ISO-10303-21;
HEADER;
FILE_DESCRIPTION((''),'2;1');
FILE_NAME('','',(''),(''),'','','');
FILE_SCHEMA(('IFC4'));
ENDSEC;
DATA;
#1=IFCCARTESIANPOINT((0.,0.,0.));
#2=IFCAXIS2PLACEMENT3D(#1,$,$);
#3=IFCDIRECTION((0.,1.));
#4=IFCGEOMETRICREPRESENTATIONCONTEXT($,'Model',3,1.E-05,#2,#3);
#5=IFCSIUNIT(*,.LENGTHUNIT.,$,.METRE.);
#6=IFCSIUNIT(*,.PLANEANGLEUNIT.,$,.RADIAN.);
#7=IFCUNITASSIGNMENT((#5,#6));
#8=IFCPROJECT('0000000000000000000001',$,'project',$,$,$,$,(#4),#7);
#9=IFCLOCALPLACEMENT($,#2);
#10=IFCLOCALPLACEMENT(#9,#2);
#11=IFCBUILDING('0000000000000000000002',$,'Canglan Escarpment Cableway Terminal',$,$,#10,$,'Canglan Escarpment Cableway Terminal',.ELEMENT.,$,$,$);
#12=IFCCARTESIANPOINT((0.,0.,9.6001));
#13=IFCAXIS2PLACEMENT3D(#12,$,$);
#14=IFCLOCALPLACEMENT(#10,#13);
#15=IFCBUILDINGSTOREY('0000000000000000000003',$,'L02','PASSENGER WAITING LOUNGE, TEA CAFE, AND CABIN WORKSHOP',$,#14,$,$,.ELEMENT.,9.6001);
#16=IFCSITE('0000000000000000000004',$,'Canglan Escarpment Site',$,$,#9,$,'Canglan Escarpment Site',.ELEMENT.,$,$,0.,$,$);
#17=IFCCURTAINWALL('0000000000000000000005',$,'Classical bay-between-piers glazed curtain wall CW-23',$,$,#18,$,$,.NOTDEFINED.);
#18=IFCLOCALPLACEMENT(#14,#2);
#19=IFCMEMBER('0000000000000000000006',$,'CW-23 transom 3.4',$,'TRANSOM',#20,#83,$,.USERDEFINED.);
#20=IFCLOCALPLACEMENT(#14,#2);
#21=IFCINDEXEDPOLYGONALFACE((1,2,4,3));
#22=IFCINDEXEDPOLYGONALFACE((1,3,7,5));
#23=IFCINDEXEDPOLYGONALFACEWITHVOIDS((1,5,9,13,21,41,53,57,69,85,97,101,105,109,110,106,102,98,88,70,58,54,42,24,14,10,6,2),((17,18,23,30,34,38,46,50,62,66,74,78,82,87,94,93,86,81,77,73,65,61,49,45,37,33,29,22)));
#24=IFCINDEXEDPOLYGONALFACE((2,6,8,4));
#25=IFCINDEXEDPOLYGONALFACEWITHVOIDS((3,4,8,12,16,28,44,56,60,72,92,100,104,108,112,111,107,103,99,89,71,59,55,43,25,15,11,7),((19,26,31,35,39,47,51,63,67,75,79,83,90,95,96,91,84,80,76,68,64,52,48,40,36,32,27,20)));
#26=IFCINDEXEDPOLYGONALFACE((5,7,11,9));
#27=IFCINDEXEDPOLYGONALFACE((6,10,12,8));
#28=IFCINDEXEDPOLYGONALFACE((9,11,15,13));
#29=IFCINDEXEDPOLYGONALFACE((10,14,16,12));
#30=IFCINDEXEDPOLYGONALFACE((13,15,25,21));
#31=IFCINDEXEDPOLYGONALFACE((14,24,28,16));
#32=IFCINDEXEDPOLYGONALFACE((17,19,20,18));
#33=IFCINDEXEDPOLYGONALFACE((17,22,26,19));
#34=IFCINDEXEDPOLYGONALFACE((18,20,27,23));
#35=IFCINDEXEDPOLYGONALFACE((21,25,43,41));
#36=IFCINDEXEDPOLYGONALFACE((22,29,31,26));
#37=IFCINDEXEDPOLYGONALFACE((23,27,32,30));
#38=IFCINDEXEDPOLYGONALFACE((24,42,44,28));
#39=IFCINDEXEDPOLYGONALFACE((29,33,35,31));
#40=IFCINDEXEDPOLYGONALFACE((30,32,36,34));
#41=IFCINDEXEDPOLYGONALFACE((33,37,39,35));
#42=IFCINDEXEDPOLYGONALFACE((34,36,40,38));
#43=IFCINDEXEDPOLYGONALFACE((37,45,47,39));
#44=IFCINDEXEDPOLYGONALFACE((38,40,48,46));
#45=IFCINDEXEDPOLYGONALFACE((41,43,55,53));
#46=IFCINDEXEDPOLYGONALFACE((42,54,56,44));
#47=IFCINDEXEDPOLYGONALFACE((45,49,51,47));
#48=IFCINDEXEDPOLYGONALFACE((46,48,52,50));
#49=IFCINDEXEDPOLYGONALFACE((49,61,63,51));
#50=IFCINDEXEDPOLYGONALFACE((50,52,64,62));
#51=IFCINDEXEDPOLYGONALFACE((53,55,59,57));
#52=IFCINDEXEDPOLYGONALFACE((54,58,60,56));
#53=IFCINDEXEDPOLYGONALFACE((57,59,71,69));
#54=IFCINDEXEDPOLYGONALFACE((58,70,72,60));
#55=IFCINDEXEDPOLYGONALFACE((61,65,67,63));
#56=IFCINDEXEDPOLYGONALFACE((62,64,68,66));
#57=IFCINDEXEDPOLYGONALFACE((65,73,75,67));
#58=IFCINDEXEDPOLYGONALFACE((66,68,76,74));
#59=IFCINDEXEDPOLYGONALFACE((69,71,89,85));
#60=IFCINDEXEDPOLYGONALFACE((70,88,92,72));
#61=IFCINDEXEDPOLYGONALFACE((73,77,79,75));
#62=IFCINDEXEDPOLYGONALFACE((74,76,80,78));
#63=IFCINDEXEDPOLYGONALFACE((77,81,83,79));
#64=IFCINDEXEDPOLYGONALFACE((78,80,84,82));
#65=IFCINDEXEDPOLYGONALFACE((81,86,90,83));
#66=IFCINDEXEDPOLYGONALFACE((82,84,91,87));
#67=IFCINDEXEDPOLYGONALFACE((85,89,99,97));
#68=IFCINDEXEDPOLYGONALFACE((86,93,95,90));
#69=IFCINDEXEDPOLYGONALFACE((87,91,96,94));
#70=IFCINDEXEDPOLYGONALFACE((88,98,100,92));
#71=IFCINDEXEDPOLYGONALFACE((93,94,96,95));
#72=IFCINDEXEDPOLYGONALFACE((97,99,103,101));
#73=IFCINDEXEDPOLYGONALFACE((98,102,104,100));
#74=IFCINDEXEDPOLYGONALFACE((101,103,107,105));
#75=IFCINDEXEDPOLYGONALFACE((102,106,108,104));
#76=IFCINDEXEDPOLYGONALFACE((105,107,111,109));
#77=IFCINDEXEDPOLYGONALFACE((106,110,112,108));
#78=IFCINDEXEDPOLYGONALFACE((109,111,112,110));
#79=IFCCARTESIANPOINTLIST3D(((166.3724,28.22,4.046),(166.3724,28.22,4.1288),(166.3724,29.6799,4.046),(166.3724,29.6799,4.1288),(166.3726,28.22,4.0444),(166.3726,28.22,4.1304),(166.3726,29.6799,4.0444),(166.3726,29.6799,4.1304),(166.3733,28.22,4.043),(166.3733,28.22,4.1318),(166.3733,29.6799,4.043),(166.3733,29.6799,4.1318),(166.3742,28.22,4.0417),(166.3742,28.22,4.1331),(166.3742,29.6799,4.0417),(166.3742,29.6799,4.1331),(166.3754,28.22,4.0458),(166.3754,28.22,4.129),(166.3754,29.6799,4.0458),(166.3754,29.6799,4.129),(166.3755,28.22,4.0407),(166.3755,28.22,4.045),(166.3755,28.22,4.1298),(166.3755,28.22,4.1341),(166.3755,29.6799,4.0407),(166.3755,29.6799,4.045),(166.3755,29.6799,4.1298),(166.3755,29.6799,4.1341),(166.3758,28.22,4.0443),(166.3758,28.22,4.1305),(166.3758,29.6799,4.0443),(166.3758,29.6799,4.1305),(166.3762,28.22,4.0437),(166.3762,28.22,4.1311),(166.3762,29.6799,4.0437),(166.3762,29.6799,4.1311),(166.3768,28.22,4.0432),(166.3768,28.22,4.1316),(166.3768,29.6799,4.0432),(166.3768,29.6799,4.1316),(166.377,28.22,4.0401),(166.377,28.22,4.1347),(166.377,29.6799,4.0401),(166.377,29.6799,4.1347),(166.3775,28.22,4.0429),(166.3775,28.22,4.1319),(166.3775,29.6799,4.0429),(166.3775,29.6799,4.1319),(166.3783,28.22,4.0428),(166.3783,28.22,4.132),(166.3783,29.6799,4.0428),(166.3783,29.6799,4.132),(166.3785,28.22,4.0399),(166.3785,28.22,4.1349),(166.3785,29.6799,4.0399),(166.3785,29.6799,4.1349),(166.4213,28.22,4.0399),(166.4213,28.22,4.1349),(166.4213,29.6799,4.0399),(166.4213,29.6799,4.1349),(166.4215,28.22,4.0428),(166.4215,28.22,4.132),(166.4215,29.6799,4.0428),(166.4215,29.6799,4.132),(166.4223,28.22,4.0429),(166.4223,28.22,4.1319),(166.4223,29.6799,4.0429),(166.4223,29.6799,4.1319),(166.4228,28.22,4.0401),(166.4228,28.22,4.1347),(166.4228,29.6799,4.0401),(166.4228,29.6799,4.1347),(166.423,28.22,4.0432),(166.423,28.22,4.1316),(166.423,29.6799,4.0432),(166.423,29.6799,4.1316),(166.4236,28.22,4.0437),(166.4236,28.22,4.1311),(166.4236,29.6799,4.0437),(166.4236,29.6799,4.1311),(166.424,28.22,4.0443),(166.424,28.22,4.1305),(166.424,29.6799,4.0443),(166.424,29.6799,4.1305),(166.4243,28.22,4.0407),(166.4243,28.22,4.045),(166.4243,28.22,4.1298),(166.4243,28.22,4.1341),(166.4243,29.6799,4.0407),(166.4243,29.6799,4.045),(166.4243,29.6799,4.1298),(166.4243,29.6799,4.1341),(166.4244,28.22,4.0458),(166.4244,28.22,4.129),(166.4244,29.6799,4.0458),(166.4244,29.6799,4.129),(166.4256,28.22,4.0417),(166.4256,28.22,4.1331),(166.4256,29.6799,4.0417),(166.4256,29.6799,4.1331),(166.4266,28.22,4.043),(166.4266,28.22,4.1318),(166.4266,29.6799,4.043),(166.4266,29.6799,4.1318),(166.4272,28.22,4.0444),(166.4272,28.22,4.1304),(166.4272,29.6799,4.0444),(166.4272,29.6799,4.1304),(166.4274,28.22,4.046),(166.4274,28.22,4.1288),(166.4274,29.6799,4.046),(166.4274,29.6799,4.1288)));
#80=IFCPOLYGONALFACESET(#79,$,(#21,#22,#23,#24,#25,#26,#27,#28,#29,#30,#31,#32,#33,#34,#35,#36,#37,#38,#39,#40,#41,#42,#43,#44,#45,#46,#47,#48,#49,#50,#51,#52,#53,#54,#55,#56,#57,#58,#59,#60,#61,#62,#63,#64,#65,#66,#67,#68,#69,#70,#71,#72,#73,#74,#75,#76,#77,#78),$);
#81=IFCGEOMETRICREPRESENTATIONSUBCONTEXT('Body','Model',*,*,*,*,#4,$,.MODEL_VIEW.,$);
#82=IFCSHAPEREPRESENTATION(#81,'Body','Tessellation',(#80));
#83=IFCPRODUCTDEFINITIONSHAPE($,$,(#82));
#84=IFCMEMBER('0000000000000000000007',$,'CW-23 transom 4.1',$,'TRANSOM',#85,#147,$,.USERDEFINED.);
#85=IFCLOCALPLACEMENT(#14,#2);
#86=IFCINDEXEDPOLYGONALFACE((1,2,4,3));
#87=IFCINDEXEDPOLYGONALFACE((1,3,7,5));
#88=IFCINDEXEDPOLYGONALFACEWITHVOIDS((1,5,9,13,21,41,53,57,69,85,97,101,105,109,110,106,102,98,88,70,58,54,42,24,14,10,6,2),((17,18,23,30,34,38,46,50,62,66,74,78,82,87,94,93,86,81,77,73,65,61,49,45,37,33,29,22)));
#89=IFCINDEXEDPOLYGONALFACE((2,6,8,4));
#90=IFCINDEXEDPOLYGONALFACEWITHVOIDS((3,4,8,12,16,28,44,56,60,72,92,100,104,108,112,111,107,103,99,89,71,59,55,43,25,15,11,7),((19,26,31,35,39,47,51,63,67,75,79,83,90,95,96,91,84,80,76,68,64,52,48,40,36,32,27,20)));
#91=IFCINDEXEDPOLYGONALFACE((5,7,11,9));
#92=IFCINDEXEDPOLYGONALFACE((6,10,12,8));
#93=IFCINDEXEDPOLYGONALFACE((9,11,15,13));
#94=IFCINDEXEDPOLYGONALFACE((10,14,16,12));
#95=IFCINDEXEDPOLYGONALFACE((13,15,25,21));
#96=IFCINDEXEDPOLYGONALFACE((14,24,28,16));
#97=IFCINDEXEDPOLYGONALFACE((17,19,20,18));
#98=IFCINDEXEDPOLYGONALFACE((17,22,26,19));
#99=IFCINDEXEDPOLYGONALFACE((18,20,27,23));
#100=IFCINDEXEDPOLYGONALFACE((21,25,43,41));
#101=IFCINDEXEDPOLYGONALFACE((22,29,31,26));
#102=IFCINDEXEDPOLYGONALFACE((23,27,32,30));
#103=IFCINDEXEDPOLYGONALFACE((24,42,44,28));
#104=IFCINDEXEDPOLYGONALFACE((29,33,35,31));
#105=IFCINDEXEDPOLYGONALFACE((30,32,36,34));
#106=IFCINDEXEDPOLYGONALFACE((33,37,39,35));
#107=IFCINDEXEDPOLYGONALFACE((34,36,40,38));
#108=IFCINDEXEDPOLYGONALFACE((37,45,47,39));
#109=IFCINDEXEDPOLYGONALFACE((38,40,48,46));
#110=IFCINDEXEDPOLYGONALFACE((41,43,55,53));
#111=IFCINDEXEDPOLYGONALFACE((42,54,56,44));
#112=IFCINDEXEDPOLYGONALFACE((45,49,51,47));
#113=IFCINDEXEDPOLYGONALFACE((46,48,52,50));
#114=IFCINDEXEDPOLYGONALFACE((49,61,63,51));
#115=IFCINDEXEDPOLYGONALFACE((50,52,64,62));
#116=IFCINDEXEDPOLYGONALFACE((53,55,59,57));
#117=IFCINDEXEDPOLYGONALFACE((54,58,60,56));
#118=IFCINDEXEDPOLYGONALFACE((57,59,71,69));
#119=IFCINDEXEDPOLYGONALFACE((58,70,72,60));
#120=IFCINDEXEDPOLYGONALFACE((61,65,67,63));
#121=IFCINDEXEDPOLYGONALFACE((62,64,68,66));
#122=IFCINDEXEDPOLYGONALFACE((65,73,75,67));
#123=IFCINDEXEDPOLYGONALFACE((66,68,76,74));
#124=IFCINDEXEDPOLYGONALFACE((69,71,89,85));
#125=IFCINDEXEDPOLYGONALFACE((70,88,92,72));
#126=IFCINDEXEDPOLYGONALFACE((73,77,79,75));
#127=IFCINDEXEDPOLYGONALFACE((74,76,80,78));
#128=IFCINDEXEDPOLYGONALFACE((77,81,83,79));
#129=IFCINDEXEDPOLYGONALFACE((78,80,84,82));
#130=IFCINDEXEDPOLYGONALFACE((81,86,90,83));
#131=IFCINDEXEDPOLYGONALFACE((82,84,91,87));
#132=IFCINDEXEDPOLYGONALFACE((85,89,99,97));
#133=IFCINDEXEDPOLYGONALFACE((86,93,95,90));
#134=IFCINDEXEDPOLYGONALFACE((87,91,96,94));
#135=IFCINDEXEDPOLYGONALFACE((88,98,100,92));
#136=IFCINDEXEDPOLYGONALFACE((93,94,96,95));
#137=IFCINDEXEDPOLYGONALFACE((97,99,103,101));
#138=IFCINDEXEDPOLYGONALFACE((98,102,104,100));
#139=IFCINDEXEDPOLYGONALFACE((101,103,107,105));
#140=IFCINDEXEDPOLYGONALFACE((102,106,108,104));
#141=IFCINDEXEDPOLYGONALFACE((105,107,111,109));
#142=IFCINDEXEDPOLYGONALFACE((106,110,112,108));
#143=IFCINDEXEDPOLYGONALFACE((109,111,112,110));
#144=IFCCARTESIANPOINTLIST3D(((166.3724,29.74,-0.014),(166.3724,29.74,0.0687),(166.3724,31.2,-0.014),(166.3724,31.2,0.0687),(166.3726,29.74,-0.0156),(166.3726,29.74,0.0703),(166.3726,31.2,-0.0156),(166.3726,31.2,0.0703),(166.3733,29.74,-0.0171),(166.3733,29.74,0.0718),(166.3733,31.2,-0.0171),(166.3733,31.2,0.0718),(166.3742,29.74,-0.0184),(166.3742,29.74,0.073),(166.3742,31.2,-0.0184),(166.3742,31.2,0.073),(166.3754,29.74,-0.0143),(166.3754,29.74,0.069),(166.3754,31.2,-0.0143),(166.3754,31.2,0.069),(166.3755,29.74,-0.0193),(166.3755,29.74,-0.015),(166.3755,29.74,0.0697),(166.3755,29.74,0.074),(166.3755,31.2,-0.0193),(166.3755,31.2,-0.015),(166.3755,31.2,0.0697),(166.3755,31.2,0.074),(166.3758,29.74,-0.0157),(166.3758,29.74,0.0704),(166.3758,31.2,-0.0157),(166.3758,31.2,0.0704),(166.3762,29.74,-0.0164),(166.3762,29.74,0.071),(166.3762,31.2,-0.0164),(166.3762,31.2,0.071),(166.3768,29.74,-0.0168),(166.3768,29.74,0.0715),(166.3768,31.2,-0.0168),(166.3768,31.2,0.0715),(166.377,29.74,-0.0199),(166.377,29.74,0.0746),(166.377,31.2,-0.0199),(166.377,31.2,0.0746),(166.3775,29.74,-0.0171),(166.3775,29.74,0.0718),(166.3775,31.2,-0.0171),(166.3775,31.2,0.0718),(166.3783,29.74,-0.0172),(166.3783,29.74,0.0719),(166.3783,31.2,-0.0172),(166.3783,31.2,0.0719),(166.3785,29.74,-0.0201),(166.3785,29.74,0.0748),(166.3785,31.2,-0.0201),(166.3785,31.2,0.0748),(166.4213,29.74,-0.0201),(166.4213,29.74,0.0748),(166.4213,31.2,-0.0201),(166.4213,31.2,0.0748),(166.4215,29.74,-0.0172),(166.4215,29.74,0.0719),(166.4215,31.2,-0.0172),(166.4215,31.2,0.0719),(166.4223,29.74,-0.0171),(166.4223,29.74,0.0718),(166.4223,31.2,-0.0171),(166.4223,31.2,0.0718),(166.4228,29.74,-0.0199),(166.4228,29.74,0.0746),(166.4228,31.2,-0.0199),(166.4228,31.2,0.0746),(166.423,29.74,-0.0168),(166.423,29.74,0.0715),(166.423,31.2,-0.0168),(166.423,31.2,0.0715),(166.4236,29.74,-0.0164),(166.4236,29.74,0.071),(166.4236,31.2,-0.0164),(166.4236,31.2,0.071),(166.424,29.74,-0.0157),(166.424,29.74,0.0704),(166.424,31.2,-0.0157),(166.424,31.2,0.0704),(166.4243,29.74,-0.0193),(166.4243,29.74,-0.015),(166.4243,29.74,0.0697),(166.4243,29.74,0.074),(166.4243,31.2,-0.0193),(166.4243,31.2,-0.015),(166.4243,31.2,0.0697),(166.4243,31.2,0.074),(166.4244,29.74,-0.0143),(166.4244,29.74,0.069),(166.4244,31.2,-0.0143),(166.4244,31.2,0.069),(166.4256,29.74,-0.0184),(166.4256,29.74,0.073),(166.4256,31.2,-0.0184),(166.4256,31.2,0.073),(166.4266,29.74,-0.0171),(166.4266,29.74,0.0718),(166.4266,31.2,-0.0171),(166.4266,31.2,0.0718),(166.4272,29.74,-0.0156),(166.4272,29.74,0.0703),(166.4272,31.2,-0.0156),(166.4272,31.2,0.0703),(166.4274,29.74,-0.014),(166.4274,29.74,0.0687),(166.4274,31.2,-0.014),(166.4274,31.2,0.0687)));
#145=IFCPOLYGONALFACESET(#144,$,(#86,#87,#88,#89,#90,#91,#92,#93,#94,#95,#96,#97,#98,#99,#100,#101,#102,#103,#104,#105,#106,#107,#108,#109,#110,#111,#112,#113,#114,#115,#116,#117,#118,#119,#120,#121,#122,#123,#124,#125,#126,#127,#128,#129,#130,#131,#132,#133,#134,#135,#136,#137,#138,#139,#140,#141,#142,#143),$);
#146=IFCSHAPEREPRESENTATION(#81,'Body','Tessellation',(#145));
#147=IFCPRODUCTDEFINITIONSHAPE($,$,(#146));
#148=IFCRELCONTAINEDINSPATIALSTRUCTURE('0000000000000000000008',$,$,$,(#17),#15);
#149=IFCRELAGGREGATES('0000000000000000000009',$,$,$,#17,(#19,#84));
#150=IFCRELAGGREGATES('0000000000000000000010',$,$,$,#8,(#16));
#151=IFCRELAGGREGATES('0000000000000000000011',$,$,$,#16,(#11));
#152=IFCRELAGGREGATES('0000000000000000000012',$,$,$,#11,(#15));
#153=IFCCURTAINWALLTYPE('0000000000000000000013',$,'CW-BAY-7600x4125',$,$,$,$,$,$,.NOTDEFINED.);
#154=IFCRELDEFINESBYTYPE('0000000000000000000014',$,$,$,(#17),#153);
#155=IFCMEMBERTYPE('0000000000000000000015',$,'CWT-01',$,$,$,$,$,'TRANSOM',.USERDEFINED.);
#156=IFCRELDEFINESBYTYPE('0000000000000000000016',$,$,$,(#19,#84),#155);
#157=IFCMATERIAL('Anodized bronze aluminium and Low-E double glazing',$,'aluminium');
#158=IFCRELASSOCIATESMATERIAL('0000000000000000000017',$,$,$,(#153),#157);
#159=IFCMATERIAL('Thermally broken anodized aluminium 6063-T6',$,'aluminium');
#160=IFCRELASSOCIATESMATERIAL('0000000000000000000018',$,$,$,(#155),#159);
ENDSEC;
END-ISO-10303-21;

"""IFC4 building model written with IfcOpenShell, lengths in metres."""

from ifc_helpers import new_model, si_unit, direction, frame, origin, origin_2d, place, context, subcontext, project, spatial, hollow_rectangle, extrude, material, material_profile, profile_set, type_object, element, aggregate, save


model = new_model("IFC4")

# Units and contexts
model_context = context("Model", 3, precision=1e-05, world=origin(), true_north=direction((0.0, 1.0)))
body_context = subcontext(model_context, "Body", "Model", "MODEL_VIEW")
ifc_project = project(units=[si_unit("LENGTHUNIT", "METRE"), si_unit("PLANEANGLEUNIT", "RADIAN")], contexts=[model_context])

# Site, building, storey
site_placement = place(None, origin())
site = spatial("IfcSite", under=ifc_project, at=site_placement, Name="Canglan Escarpment Site", LongName="Canglan Escarpment Site", CompositionType="ELEMENT", RefElevation=0.0)
building_placement = place(site_placement, origin())
building = spatial("IfcBuilding", under=site, at=building_placement, Name="Canglan Escarpment Cableway Terminal", LongName="Canglan Escarpment Cableway Terminal", CompositionType="ELEMENT")
storey_placement = place(building_placement, frame((0.0, 0.0, 9.6001)))
storey = spatial("IfcBuildingStorey", under=building, at=storey_placement, Name="L02", Description="PASSENGER WAITING LOUNGE, TEA CAFE, AND CABIN WORKSHOP", CompositionType="ELEMENT", Elevation=9.6001)

# Curtain wall, members
ifc_material_1 = material(Name="Anodized bronze aluminium and Low-E double glazing", Category="aluminium")
curtain_wall_type = type_object("IfcCurtainWallType", Name="CW-BAY-7600x4125", PredefinedType="NOTDEFINED", material=ifc_material_1)
curtain_wall_placement = place(storey_placement, origin())
curtain_wall = element("IfcCurtainWall", 1, at=curtain_wall_placement, inside=storey, type_object=curtain_wall_type, Name="Classical bay-between-piers glazed curtain wall CW-23", PredefinedType="NOTDEFINED")
ifc_material_2 = material(Name="Thermally broken anodized aluminium 6063-T6", Category="aluminium")
ifc_material_profile_1 = material_profile(ifc_material_2, hollow_rectangle(XDim=0.0549, YDim=0.095, WallThickness=0.0029, InnerFilletRadius=0.0029, OuterFilletRadius=0.0061, at=origin_2d()), Name="ALU-TRAN 55x95x3")
ifc_profile_set_1 = profile_set([ifc_material_profile_1], Name="Thermally broken anodized aluminium 6063-T6")
member_type_1 = type_object("IfcMemberType", Name="CWT-01", ElementType="TRANSOM", PredefinedType="USERDEFINED", material=ifc_profile_set_1)
member_1_placement = place(storey_placement, frame((166.3999, 28.22, 4.0874), z_axis=(0.0, 1.0, 0.0), x_axis=(-1.0, 0.0, 0.0)))
member_1 = element("IfcMember", 2, at=member_1_placement, type_object=member_type_1, Name="CW-23 transom 3.4", ObjectType="TRANSOM", PredefinedType="USERDEFINED", context=body_context, shape_type="SweptSolid", body=[
    extrude(hollow_rectangle(XDim=0.0549, YDim=0.095, WallThickness=0.0029, InnerFilletRadius=0.0029, OuterFilletRadius=0.0061, at=origin_2d()), origin(), (0.0, 0.0, 1.0), 1.46),
])
member_2_placement = place(storey_placement, frame((166.3999, 29.74, 0.0273), z_axis=(0.0, 1.0, 0.0), x_axis=(-1.0, 0.0, 0.0)))
member_2 = element("IfcMember", 3, at=member_2_placement, type_object=member_type_1, Name="CW-23 transom 4.1", ObjectType="TRANSOM", PredefinedType="USERDEFINED", context=body_context, shape_type="SweptSolid", body=[
    extrude(hollow_rectangle(XDim=0.0549, YDim=0.095, WallThickness=0.0029, InnerFilletRadius=0.0029, OuterFilletRadius=0.0061, at=origin_2d()), origin(), (0.0, 0.0, 1.0), 1.46),
])

aggregate(curtain_wall, [member_1, member_2])

save(model, "model.ifc")
